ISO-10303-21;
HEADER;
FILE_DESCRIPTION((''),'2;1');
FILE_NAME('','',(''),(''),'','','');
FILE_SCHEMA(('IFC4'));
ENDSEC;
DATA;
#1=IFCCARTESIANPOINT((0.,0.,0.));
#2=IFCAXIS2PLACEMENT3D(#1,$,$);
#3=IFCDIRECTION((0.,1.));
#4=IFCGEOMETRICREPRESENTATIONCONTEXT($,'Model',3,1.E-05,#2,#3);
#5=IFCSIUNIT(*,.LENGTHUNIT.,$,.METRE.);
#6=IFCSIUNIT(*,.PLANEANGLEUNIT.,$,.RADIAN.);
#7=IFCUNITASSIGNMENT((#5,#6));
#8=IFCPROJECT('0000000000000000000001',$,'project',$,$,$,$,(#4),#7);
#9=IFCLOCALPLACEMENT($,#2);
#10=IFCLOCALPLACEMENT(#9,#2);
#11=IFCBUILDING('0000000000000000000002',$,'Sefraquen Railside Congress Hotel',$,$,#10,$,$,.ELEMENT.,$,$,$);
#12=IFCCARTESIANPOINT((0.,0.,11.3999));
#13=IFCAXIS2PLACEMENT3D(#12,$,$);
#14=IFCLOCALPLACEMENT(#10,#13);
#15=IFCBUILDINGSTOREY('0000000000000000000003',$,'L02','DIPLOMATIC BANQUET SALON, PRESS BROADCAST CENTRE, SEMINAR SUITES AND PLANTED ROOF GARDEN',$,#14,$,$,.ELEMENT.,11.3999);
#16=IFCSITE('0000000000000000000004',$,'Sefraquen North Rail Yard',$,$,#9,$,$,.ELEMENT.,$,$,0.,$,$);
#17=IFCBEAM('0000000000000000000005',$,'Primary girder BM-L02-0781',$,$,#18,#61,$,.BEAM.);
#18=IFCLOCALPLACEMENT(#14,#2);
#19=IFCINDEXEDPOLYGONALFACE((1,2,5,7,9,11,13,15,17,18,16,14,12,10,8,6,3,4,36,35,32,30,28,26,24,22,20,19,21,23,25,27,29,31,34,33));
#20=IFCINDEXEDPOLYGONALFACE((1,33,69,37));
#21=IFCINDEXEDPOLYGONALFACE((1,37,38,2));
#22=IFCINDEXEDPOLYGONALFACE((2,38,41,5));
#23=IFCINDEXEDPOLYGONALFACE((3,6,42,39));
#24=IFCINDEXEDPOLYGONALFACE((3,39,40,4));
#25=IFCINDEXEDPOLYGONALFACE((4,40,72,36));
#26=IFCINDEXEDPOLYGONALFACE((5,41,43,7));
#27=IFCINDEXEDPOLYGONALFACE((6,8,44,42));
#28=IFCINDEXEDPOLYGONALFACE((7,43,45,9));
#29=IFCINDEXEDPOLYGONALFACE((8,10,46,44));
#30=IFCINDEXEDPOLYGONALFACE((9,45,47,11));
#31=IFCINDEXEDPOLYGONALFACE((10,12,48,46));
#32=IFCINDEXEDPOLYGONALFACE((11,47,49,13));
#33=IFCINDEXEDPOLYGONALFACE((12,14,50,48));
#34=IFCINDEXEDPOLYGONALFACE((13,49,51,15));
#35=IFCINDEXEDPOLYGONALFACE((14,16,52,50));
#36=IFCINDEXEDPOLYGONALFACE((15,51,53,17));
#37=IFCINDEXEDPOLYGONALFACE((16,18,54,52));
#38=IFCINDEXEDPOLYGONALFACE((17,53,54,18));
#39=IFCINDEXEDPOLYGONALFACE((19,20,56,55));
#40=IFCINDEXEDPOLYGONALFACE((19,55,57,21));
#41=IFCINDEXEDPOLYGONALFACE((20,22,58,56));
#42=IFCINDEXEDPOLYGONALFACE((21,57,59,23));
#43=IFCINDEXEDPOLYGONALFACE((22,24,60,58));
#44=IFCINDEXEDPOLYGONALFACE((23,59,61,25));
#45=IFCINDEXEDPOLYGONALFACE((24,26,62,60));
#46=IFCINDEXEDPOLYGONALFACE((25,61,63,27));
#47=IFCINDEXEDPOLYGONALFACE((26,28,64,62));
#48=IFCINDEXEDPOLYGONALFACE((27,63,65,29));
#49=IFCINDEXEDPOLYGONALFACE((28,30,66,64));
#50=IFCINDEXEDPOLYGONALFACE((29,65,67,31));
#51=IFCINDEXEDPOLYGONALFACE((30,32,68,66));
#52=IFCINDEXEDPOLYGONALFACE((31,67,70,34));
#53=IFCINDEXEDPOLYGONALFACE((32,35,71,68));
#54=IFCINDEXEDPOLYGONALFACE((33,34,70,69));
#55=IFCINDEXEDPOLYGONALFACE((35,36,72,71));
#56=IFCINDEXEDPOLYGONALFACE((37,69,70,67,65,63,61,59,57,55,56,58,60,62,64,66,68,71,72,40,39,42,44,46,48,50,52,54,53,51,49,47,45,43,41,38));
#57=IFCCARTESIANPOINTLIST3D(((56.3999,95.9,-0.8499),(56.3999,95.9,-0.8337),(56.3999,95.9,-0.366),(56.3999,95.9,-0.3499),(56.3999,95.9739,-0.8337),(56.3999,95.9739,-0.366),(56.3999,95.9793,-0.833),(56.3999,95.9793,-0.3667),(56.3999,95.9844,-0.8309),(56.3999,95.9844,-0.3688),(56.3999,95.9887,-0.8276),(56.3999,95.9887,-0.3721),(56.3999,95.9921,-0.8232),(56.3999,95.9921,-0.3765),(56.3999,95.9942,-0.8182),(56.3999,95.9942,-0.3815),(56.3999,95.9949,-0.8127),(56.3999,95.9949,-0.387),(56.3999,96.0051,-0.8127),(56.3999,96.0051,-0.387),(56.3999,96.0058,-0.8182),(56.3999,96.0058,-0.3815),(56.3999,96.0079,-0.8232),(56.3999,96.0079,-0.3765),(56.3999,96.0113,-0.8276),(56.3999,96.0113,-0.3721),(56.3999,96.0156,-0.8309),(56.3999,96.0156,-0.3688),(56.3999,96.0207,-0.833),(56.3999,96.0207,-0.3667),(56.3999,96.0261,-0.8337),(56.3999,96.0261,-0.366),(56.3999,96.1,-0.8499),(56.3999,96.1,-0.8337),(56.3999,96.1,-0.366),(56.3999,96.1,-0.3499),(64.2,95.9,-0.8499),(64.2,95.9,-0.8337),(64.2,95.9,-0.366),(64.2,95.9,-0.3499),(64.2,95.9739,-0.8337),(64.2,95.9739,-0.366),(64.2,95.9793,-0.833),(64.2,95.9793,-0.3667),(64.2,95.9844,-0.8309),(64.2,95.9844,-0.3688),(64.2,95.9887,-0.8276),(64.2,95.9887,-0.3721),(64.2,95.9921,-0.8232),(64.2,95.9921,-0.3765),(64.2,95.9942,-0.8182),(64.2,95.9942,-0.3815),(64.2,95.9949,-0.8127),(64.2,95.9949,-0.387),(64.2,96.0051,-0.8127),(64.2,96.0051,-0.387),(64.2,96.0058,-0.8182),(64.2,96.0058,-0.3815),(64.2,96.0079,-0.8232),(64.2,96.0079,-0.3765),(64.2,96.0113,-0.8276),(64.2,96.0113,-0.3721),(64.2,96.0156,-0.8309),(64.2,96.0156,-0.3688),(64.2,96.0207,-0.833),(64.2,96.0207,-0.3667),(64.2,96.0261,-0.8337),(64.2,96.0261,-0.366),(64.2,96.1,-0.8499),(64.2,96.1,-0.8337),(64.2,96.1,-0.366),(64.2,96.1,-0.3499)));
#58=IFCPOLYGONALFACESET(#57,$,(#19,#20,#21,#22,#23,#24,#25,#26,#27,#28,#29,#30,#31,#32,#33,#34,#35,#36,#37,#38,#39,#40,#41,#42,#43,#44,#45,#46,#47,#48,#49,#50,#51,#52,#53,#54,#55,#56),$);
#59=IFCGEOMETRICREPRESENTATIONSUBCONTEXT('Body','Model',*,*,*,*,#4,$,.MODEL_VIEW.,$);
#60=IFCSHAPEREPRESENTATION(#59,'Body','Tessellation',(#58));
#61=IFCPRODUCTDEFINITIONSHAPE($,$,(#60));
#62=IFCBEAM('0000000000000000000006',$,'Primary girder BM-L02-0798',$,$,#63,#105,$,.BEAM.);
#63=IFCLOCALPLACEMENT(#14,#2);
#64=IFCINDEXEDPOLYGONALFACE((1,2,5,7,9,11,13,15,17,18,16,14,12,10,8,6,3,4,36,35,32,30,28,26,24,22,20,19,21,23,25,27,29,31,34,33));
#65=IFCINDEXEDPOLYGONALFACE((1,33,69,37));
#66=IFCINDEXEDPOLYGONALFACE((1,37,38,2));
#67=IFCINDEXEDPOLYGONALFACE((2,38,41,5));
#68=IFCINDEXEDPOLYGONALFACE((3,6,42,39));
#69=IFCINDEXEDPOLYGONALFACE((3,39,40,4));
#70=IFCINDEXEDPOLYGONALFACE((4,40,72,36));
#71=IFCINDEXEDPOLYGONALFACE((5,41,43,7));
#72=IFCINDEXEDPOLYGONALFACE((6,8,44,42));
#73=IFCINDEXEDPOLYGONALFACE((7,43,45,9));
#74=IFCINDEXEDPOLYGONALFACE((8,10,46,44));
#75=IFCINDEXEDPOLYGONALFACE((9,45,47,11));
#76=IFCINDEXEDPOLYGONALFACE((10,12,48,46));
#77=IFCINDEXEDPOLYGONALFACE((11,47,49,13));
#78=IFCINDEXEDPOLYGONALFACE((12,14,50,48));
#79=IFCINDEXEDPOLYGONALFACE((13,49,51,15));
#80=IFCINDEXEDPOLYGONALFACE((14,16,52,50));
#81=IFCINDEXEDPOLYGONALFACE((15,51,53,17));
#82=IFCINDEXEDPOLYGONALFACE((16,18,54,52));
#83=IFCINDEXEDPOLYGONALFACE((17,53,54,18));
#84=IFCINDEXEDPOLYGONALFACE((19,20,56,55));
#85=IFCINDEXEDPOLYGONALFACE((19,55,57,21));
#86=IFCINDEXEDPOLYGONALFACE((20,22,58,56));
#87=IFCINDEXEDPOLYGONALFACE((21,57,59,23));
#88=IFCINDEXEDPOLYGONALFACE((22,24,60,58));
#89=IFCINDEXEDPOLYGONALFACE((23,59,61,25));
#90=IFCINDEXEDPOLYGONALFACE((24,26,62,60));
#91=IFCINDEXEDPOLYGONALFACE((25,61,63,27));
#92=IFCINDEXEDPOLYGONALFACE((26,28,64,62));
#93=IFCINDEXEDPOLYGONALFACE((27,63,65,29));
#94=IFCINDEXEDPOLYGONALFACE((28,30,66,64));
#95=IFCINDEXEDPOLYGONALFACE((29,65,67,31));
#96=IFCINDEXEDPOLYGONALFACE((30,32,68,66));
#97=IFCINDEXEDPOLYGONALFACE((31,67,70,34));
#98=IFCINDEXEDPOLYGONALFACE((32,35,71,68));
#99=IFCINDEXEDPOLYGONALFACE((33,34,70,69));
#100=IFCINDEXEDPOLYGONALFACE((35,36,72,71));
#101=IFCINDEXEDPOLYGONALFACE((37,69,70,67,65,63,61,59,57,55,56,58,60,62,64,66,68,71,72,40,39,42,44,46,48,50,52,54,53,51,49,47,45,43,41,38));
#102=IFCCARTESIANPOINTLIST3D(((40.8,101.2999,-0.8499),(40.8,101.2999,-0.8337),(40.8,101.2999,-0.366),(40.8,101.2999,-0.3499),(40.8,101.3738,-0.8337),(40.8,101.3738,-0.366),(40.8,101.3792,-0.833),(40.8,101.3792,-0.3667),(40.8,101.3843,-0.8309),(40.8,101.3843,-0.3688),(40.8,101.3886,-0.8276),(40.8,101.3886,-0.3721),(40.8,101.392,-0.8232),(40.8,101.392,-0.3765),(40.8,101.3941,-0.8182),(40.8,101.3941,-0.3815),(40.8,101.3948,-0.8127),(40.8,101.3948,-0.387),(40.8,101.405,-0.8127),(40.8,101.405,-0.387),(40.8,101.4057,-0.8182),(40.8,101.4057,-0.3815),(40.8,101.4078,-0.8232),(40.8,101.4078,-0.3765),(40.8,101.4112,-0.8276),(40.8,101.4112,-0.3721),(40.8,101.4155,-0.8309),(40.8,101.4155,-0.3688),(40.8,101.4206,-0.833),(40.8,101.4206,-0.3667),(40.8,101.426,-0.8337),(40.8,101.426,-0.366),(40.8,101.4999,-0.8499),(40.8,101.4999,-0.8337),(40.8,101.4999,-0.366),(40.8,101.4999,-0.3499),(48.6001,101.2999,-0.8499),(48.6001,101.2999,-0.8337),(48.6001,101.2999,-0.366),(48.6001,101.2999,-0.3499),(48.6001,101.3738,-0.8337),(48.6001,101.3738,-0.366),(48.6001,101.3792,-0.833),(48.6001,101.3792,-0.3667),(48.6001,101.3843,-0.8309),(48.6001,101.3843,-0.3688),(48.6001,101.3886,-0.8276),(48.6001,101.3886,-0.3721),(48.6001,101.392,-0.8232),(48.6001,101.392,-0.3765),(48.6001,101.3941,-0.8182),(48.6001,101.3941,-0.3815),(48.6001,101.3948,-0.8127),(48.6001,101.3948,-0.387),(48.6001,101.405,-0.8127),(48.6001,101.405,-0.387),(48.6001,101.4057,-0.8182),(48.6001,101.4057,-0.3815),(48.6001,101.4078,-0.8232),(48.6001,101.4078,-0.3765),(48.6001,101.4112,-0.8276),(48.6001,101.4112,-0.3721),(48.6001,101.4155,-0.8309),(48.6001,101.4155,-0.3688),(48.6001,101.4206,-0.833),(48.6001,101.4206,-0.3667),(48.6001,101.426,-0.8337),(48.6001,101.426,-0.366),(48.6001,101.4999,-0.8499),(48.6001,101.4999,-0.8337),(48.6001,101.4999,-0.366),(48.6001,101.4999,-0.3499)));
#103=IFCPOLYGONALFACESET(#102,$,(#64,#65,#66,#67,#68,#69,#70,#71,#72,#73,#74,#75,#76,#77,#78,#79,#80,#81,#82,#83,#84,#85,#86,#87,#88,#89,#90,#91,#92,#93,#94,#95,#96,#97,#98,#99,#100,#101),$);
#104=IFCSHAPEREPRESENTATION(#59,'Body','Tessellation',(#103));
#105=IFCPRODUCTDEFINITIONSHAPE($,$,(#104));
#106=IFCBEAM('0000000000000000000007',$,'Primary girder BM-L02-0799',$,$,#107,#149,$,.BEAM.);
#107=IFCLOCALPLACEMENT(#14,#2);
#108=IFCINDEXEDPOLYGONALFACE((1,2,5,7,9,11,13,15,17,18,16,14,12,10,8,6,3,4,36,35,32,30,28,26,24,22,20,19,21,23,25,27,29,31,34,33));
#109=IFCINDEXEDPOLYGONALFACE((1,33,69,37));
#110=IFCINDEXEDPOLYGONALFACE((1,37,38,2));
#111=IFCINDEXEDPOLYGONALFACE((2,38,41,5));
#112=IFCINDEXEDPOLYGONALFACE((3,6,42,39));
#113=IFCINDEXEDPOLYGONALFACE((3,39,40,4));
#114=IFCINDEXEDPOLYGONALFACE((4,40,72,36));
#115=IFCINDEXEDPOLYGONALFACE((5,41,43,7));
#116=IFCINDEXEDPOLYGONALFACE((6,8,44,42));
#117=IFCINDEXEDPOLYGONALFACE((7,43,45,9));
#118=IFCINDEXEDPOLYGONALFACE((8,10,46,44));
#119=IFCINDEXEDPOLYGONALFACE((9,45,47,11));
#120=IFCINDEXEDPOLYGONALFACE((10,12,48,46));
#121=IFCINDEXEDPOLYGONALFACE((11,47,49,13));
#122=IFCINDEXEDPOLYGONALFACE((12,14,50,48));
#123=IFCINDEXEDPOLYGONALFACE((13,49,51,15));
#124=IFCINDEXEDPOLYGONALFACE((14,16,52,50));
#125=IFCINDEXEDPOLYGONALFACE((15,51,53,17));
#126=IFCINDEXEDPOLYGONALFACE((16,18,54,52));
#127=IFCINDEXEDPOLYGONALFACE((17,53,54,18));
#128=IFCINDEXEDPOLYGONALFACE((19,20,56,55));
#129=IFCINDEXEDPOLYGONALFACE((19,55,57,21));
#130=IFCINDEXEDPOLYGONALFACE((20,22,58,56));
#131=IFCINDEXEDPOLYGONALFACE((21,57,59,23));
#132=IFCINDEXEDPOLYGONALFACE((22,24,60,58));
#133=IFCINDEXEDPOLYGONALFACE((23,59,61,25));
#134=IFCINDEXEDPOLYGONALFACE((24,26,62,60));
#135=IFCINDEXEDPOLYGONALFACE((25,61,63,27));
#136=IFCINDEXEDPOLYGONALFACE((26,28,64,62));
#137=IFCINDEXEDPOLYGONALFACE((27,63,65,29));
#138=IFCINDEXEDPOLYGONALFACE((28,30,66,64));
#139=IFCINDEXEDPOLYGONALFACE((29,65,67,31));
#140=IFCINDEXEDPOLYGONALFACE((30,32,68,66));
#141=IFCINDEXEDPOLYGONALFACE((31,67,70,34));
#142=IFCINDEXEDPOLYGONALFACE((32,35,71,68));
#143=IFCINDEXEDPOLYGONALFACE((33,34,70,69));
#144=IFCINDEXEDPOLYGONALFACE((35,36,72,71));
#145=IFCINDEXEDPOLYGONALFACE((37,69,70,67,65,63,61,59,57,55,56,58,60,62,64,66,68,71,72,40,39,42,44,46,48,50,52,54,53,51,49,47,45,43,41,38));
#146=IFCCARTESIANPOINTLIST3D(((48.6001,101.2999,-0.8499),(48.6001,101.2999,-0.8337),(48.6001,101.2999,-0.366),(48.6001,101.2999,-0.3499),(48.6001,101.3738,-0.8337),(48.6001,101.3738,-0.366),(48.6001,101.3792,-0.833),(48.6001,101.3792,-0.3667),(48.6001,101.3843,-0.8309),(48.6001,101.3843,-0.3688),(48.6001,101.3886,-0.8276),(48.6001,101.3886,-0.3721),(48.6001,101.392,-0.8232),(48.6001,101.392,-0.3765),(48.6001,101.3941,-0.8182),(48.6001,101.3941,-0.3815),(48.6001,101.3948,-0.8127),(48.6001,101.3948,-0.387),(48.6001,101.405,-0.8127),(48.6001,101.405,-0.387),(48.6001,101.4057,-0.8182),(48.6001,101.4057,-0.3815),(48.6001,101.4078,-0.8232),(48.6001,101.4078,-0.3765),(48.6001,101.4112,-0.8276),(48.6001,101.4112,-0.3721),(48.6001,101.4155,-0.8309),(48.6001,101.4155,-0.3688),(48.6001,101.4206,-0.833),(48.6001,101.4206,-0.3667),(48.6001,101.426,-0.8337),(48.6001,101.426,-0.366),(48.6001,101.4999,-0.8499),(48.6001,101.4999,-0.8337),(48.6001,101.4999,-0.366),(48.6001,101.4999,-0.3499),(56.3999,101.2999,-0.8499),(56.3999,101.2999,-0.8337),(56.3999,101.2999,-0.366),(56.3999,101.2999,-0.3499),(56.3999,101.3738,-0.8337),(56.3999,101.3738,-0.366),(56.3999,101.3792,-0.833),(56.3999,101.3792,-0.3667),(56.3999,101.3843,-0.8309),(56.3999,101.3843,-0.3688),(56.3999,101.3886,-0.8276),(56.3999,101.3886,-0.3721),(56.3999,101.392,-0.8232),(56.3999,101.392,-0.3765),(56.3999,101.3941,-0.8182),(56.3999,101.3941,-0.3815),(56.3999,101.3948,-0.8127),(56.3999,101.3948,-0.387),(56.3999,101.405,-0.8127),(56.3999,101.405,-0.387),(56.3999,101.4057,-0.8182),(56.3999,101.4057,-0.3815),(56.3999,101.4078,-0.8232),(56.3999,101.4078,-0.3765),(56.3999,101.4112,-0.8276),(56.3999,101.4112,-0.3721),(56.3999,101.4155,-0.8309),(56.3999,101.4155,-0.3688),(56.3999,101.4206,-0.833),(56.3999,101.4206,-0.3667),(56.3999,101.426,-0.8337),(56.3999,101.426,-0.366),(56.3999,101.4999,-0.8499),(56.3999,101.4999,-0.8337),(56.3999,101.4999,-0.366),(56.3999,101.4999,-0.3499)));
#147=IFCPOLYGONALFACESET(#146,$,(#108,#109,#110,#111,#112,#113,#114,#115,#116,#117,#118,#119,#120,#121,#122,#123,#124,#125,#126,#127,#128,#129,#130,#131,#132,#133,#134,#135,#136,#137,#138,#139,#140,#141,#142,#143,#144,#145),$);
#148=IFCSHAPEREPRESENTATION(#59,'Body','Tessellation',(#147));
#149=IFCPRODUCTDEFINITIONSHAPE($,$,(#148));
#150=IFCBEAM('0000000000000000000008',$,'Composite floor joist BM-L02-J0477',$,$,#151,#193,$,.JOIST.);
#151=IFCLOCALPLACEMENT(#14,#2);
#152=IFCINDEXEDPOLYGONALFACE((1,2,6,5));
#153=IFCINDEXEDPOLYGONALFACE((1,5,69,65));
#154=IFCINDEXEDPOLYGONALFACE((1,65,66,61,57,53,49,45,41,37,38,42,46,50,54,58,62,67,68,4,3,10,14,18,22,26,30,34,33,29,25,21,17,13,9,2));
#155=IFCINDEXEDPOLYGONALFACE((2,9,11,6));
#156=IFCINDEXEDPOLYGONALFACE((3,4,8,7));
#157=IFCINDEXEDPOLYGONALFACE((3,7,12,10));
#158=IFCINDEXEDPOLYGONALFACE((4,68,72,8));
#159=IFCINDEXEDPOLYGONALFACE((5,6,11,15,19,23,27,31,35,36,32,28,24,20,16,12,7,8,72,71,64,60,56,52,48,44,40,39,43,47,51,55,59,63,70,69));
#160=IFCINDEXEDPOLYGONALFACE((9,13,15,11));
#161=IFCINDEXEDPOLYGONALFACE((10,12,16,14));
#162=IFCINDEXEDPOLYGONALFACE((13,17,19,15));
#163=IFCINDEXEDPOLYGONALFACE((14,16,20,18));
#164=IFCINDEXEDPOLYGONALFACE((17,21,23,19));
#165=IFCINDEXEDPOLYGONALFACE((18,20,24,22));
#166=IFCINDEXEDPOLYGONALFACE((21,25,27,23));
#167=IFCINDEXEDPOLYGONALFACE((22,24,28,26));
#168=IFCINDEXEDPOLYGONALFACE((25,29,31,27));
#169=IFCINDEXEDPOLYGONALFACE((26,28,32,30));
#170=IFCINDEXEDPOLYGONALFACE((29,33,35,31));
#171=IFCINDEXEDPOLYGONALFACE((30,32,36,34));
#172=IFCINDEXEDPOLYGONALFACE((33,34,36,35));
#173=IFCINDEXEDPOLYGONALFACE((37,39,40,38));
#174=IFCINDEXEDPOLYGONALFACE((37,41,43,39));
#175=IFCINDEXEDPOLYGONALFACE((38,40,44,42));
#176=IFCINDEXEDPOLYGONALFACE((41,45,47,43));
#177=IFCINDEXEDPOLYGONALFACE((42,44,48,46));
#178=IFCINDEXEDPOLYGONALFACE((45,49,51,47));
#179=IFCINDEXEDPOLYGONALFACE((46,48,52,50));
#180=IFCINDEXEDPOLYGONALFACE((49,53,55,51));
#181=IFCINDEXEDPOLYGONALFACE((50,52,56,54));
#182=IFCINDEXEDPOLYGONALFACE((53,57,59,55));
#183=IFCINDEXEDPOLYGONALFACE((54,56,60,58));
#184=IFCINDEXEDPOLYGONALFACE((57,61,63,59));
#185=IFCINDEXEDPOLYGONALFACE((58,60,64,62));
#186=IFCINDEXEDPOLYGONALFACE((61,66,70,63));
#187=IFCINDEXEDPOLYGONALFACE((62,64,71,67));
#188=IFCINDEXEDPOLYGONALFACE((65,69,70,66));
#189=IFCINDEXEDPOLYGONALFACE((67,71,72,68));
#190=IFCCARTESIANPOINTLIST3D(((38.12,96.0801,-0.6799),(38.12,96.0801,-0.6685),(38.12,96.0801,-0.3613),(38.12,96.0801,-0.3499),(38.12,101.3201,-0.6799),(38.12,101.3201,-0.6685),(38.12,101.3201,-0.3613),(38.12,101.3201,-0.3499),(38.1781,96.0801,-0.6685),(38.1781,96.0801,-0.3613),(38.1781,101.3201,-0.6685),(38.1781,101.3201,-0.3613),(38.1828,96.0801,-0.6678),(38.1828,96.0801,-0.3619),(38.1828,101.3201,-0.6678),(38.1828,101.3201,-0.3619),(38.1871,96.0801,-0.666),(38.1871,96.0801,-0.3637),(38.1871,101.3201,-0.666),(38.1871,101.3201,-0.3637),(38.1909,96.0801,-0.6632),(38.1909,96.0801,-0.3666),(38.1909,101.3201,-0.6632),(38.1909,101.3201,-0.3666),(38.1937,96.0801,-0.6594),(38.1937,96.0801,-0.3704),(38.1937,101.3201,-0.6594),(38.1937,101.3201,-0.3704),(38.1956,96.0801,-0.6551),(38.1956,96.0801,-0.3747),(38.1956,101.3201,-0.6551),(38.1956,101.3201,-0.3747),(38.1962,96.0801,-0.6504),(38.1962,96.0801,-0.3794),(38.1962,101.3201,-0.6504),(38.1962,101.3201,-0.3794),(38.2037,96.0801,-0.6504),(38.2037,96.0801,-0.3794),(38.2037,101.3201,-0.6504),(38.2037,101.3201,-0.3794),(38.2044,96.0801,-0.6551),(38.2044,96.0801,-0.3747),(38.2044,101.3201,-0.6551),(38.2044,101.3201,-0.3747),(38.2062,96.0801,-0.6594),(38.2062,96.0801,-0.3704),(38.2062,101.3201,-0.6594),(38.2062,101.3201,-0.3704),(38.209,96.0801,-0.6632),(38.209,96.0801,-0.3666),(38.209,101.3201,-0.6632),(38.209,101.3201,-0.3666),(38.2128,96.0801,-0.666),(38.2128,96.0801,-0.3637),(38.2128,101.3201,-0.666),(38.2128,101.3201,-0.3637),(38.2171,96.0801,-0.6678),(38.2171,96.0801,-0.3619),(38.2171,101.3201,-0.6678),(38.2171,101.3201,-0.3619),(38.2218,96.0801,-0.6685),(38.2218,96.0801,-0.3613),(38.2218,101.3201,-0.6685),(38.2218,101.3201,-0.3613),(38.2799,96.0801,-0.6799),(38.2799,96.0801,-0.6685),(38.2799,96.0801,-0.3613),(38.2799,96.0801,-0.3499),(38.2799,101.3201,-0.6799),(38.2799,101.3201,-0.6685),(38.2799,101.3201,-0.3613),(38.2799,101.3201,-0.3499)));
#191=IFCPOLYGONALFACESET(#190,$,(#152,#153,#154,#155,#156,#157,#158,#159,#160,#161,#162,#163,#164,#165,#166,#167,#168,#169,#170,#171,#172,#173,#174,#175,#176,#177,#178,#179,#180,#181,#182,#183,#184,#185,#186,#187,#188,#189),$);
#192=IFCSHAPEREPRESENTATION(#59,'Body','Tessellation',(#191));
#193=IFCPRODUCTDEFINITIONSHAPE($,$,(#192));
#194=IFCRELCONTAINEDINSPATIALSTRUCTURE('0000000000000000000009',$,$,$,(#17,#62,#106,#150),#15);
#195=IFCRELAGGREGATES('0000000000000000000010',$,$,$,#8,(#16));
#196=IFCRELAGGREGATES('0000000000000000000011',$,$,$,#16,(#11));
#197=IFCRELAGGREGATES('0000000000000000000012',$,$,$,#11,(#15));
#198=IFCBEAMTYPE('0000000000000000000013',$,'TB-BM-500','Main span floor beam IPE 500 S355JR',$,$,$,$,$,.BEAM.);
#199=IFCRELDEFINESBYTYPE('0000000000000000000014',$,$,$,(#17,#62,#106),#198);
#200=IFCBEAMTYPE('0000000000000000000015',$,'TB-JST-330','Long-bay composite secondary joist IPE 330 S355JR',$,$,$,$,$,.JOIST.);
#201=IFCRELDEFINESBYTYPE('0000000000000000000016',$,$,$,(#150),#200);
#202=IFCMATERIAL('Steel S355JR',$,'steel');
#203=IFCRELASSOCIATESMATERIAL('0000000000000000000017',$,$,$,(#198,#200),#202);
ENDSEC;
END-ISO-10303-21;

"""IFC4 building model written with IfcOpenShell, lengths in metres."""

from ifc_helpers import new_model, si_unit, direction, frame, origin, origin_2d, place, context, subcontext, project, spatial, i_section, extrude, material, material_profile, profile_set, type_object, element, save


model = new_model("IFC4")

# Units and contexts
model_context = context("Model", 3, precision=1e-05, world=origin(), true_north=direction((0.0, 1.0)))
body_context = subcontext(model_context, "Body", "Model", "MODEL_VIEW")
ifc_project = project(units=[si_unit("LENGTHUNIT", "METRE"), si_unit("PLANEANGLEUNIT", "RADIAN")], contexts=[model_context])

# Site, building, storey
site_placement = place(None, origin())
site = spatial("IfcSite", under=ifc_project, at=site_placement, Name="Sefraquen North Rail Yard", CompositionType="ELEMENT", RefElevation=0.0)
building_placement = place(site_placement, origin())
building = spatial("IfcBuilding", under=site, at=building_placement, Name="Sefraquen Railside Congress Hotel", CompositionType="ELEMENT")
storey_placement = place(building_placement, frame((0.0, 0.0, 11.3999)))
storey = spatial("IfcBuildingStorey", under=building, at=storey_placement, Name="L02", Description="DIPLOMATIC BANQUET SALON, PRESS BROADCAST CENTRE, SEMINAR SUITES AND PLANTED ROOF GARDEN", CompositionType="ELEMENT", Elevation=11.3999)

# Shared definitions
ifc_material_1 = material(Name="Steel S355JR", Category="steel")

# Beams
ifc_material_profile_1 = material_profile(ifc_material_1, i_section(OverallWidth=0.2, OverallDepth=0.5, WebThickness=0.0103, FlangeThickness=0.0161, FilletRadius=0.021, at=origin_2d()), Name="IPE 500")
ifc_profile_set_1 = profile_set([ifc_material_profile_1], Name="Steel S355JR")
beam_type_1 = type_object("IfcBeamType", Name="TB-BM-500", Description="Main span floor beam IPE 500 S355JR", PredefinedType="BEAM", material=ifc_profile_set_1)
for number, where, z_axis, x_axis, name in (
    (1, (56.3999, 96.0, -0.5999), (1.0, 0.0, 0.0), (0.0, 1.0, 0.0), "Primary girder BM-L02-0781"),
    (2, (40.8, 101.3999, -0.5999), (1.0, 0.0, 0.0), (0.0, 1.0, 0.0), "Primary girder BM-L02-0798"),
):
    element("IfcBeam", number, at=place(storey_placement, frame(where, z_axis=z_axis, x_axis=x_axis)), inside=storey, type_object=beam_type_1, Name=name, PredefinedType="BEAM", context=body_context, shape_type="SweptSolid", body=[
        extrude(i_section(OverallWidth=0.2, OverallDepth=0.5, WebThickness=0.0103, FlangeThickness=0.0161, FilletRadius=0.021, at=origin_2d()), origin(), (0.0, 0.0, 1.0), 7.8),
    ])
beam_1_placement = place(storey_placement, frame((48.6001, 101.3999, -0.5999), z_axis=(1.0, 0.0, 0.0), x_axis=(0.0, 1.0, 0.0)))
element("IfcBeam", 3, at=beam_1_placement, inside=storey, type_object=beam_type_1, Name="Primary girder BM-L02-0799", PredefinedType="BEAM", context=body_context, shape_type="SweptSolid", body=[
    extrude(i_section(OverallWidth=0.2, OverallDepth=0.5, WebThickness=0.0103, FlangeThickness=0.0161, FilletRadius=0.021, at=origin_2d()), origin(), (0.0, 0.0, 1.0), 7.7998),
])
ifc_material_profile_2 = material_profile(ifc_material_1, i_section(OverallWidth=0.1599, OverallDepth=0.3301, WebThickness=0.0076, FlangeThickness=0.0115, FilletRadius=0.0181, at=origin_2d()), Name="IPE 330")
ifc_profile_set_2 = profile_set([ifc_material_profile_2], Name="Steel S355JR")
beam_type_2 = type_object("IfcBeamType", Name="TB-JST-330", Description="Long-bay composite secondary joist IPE 330 S355JR", PredefinedType="JOIST", material=ifc_profile_set_2)
beam_2_placement = place(storey_placement, frame((38.2, 96.0801, -0.5149), z_axis=(0.0, 1.0, 0.0), x_axis=(-1.0, 0.0, 0.0)))
element("IfcBeam", 4, at=beam_2_placement, inside=storey, type_object=beam_type_2, Name="Composite floor joist BM-L02-J0477", PredefinedType="JOIST", context=body_context, shape_type="SweptSolid", body=[
    extrude(i_section(OverallWidth=0.1599, OverallDepth=0.3301, WebThickness=0.0076, FlangeThickness=0.0115, FilletRadius=0.0181, at=origin_2d()), origin(), (0.0, 0.0, 1.0), 5.24),
])

save(model, "model.ifc")
